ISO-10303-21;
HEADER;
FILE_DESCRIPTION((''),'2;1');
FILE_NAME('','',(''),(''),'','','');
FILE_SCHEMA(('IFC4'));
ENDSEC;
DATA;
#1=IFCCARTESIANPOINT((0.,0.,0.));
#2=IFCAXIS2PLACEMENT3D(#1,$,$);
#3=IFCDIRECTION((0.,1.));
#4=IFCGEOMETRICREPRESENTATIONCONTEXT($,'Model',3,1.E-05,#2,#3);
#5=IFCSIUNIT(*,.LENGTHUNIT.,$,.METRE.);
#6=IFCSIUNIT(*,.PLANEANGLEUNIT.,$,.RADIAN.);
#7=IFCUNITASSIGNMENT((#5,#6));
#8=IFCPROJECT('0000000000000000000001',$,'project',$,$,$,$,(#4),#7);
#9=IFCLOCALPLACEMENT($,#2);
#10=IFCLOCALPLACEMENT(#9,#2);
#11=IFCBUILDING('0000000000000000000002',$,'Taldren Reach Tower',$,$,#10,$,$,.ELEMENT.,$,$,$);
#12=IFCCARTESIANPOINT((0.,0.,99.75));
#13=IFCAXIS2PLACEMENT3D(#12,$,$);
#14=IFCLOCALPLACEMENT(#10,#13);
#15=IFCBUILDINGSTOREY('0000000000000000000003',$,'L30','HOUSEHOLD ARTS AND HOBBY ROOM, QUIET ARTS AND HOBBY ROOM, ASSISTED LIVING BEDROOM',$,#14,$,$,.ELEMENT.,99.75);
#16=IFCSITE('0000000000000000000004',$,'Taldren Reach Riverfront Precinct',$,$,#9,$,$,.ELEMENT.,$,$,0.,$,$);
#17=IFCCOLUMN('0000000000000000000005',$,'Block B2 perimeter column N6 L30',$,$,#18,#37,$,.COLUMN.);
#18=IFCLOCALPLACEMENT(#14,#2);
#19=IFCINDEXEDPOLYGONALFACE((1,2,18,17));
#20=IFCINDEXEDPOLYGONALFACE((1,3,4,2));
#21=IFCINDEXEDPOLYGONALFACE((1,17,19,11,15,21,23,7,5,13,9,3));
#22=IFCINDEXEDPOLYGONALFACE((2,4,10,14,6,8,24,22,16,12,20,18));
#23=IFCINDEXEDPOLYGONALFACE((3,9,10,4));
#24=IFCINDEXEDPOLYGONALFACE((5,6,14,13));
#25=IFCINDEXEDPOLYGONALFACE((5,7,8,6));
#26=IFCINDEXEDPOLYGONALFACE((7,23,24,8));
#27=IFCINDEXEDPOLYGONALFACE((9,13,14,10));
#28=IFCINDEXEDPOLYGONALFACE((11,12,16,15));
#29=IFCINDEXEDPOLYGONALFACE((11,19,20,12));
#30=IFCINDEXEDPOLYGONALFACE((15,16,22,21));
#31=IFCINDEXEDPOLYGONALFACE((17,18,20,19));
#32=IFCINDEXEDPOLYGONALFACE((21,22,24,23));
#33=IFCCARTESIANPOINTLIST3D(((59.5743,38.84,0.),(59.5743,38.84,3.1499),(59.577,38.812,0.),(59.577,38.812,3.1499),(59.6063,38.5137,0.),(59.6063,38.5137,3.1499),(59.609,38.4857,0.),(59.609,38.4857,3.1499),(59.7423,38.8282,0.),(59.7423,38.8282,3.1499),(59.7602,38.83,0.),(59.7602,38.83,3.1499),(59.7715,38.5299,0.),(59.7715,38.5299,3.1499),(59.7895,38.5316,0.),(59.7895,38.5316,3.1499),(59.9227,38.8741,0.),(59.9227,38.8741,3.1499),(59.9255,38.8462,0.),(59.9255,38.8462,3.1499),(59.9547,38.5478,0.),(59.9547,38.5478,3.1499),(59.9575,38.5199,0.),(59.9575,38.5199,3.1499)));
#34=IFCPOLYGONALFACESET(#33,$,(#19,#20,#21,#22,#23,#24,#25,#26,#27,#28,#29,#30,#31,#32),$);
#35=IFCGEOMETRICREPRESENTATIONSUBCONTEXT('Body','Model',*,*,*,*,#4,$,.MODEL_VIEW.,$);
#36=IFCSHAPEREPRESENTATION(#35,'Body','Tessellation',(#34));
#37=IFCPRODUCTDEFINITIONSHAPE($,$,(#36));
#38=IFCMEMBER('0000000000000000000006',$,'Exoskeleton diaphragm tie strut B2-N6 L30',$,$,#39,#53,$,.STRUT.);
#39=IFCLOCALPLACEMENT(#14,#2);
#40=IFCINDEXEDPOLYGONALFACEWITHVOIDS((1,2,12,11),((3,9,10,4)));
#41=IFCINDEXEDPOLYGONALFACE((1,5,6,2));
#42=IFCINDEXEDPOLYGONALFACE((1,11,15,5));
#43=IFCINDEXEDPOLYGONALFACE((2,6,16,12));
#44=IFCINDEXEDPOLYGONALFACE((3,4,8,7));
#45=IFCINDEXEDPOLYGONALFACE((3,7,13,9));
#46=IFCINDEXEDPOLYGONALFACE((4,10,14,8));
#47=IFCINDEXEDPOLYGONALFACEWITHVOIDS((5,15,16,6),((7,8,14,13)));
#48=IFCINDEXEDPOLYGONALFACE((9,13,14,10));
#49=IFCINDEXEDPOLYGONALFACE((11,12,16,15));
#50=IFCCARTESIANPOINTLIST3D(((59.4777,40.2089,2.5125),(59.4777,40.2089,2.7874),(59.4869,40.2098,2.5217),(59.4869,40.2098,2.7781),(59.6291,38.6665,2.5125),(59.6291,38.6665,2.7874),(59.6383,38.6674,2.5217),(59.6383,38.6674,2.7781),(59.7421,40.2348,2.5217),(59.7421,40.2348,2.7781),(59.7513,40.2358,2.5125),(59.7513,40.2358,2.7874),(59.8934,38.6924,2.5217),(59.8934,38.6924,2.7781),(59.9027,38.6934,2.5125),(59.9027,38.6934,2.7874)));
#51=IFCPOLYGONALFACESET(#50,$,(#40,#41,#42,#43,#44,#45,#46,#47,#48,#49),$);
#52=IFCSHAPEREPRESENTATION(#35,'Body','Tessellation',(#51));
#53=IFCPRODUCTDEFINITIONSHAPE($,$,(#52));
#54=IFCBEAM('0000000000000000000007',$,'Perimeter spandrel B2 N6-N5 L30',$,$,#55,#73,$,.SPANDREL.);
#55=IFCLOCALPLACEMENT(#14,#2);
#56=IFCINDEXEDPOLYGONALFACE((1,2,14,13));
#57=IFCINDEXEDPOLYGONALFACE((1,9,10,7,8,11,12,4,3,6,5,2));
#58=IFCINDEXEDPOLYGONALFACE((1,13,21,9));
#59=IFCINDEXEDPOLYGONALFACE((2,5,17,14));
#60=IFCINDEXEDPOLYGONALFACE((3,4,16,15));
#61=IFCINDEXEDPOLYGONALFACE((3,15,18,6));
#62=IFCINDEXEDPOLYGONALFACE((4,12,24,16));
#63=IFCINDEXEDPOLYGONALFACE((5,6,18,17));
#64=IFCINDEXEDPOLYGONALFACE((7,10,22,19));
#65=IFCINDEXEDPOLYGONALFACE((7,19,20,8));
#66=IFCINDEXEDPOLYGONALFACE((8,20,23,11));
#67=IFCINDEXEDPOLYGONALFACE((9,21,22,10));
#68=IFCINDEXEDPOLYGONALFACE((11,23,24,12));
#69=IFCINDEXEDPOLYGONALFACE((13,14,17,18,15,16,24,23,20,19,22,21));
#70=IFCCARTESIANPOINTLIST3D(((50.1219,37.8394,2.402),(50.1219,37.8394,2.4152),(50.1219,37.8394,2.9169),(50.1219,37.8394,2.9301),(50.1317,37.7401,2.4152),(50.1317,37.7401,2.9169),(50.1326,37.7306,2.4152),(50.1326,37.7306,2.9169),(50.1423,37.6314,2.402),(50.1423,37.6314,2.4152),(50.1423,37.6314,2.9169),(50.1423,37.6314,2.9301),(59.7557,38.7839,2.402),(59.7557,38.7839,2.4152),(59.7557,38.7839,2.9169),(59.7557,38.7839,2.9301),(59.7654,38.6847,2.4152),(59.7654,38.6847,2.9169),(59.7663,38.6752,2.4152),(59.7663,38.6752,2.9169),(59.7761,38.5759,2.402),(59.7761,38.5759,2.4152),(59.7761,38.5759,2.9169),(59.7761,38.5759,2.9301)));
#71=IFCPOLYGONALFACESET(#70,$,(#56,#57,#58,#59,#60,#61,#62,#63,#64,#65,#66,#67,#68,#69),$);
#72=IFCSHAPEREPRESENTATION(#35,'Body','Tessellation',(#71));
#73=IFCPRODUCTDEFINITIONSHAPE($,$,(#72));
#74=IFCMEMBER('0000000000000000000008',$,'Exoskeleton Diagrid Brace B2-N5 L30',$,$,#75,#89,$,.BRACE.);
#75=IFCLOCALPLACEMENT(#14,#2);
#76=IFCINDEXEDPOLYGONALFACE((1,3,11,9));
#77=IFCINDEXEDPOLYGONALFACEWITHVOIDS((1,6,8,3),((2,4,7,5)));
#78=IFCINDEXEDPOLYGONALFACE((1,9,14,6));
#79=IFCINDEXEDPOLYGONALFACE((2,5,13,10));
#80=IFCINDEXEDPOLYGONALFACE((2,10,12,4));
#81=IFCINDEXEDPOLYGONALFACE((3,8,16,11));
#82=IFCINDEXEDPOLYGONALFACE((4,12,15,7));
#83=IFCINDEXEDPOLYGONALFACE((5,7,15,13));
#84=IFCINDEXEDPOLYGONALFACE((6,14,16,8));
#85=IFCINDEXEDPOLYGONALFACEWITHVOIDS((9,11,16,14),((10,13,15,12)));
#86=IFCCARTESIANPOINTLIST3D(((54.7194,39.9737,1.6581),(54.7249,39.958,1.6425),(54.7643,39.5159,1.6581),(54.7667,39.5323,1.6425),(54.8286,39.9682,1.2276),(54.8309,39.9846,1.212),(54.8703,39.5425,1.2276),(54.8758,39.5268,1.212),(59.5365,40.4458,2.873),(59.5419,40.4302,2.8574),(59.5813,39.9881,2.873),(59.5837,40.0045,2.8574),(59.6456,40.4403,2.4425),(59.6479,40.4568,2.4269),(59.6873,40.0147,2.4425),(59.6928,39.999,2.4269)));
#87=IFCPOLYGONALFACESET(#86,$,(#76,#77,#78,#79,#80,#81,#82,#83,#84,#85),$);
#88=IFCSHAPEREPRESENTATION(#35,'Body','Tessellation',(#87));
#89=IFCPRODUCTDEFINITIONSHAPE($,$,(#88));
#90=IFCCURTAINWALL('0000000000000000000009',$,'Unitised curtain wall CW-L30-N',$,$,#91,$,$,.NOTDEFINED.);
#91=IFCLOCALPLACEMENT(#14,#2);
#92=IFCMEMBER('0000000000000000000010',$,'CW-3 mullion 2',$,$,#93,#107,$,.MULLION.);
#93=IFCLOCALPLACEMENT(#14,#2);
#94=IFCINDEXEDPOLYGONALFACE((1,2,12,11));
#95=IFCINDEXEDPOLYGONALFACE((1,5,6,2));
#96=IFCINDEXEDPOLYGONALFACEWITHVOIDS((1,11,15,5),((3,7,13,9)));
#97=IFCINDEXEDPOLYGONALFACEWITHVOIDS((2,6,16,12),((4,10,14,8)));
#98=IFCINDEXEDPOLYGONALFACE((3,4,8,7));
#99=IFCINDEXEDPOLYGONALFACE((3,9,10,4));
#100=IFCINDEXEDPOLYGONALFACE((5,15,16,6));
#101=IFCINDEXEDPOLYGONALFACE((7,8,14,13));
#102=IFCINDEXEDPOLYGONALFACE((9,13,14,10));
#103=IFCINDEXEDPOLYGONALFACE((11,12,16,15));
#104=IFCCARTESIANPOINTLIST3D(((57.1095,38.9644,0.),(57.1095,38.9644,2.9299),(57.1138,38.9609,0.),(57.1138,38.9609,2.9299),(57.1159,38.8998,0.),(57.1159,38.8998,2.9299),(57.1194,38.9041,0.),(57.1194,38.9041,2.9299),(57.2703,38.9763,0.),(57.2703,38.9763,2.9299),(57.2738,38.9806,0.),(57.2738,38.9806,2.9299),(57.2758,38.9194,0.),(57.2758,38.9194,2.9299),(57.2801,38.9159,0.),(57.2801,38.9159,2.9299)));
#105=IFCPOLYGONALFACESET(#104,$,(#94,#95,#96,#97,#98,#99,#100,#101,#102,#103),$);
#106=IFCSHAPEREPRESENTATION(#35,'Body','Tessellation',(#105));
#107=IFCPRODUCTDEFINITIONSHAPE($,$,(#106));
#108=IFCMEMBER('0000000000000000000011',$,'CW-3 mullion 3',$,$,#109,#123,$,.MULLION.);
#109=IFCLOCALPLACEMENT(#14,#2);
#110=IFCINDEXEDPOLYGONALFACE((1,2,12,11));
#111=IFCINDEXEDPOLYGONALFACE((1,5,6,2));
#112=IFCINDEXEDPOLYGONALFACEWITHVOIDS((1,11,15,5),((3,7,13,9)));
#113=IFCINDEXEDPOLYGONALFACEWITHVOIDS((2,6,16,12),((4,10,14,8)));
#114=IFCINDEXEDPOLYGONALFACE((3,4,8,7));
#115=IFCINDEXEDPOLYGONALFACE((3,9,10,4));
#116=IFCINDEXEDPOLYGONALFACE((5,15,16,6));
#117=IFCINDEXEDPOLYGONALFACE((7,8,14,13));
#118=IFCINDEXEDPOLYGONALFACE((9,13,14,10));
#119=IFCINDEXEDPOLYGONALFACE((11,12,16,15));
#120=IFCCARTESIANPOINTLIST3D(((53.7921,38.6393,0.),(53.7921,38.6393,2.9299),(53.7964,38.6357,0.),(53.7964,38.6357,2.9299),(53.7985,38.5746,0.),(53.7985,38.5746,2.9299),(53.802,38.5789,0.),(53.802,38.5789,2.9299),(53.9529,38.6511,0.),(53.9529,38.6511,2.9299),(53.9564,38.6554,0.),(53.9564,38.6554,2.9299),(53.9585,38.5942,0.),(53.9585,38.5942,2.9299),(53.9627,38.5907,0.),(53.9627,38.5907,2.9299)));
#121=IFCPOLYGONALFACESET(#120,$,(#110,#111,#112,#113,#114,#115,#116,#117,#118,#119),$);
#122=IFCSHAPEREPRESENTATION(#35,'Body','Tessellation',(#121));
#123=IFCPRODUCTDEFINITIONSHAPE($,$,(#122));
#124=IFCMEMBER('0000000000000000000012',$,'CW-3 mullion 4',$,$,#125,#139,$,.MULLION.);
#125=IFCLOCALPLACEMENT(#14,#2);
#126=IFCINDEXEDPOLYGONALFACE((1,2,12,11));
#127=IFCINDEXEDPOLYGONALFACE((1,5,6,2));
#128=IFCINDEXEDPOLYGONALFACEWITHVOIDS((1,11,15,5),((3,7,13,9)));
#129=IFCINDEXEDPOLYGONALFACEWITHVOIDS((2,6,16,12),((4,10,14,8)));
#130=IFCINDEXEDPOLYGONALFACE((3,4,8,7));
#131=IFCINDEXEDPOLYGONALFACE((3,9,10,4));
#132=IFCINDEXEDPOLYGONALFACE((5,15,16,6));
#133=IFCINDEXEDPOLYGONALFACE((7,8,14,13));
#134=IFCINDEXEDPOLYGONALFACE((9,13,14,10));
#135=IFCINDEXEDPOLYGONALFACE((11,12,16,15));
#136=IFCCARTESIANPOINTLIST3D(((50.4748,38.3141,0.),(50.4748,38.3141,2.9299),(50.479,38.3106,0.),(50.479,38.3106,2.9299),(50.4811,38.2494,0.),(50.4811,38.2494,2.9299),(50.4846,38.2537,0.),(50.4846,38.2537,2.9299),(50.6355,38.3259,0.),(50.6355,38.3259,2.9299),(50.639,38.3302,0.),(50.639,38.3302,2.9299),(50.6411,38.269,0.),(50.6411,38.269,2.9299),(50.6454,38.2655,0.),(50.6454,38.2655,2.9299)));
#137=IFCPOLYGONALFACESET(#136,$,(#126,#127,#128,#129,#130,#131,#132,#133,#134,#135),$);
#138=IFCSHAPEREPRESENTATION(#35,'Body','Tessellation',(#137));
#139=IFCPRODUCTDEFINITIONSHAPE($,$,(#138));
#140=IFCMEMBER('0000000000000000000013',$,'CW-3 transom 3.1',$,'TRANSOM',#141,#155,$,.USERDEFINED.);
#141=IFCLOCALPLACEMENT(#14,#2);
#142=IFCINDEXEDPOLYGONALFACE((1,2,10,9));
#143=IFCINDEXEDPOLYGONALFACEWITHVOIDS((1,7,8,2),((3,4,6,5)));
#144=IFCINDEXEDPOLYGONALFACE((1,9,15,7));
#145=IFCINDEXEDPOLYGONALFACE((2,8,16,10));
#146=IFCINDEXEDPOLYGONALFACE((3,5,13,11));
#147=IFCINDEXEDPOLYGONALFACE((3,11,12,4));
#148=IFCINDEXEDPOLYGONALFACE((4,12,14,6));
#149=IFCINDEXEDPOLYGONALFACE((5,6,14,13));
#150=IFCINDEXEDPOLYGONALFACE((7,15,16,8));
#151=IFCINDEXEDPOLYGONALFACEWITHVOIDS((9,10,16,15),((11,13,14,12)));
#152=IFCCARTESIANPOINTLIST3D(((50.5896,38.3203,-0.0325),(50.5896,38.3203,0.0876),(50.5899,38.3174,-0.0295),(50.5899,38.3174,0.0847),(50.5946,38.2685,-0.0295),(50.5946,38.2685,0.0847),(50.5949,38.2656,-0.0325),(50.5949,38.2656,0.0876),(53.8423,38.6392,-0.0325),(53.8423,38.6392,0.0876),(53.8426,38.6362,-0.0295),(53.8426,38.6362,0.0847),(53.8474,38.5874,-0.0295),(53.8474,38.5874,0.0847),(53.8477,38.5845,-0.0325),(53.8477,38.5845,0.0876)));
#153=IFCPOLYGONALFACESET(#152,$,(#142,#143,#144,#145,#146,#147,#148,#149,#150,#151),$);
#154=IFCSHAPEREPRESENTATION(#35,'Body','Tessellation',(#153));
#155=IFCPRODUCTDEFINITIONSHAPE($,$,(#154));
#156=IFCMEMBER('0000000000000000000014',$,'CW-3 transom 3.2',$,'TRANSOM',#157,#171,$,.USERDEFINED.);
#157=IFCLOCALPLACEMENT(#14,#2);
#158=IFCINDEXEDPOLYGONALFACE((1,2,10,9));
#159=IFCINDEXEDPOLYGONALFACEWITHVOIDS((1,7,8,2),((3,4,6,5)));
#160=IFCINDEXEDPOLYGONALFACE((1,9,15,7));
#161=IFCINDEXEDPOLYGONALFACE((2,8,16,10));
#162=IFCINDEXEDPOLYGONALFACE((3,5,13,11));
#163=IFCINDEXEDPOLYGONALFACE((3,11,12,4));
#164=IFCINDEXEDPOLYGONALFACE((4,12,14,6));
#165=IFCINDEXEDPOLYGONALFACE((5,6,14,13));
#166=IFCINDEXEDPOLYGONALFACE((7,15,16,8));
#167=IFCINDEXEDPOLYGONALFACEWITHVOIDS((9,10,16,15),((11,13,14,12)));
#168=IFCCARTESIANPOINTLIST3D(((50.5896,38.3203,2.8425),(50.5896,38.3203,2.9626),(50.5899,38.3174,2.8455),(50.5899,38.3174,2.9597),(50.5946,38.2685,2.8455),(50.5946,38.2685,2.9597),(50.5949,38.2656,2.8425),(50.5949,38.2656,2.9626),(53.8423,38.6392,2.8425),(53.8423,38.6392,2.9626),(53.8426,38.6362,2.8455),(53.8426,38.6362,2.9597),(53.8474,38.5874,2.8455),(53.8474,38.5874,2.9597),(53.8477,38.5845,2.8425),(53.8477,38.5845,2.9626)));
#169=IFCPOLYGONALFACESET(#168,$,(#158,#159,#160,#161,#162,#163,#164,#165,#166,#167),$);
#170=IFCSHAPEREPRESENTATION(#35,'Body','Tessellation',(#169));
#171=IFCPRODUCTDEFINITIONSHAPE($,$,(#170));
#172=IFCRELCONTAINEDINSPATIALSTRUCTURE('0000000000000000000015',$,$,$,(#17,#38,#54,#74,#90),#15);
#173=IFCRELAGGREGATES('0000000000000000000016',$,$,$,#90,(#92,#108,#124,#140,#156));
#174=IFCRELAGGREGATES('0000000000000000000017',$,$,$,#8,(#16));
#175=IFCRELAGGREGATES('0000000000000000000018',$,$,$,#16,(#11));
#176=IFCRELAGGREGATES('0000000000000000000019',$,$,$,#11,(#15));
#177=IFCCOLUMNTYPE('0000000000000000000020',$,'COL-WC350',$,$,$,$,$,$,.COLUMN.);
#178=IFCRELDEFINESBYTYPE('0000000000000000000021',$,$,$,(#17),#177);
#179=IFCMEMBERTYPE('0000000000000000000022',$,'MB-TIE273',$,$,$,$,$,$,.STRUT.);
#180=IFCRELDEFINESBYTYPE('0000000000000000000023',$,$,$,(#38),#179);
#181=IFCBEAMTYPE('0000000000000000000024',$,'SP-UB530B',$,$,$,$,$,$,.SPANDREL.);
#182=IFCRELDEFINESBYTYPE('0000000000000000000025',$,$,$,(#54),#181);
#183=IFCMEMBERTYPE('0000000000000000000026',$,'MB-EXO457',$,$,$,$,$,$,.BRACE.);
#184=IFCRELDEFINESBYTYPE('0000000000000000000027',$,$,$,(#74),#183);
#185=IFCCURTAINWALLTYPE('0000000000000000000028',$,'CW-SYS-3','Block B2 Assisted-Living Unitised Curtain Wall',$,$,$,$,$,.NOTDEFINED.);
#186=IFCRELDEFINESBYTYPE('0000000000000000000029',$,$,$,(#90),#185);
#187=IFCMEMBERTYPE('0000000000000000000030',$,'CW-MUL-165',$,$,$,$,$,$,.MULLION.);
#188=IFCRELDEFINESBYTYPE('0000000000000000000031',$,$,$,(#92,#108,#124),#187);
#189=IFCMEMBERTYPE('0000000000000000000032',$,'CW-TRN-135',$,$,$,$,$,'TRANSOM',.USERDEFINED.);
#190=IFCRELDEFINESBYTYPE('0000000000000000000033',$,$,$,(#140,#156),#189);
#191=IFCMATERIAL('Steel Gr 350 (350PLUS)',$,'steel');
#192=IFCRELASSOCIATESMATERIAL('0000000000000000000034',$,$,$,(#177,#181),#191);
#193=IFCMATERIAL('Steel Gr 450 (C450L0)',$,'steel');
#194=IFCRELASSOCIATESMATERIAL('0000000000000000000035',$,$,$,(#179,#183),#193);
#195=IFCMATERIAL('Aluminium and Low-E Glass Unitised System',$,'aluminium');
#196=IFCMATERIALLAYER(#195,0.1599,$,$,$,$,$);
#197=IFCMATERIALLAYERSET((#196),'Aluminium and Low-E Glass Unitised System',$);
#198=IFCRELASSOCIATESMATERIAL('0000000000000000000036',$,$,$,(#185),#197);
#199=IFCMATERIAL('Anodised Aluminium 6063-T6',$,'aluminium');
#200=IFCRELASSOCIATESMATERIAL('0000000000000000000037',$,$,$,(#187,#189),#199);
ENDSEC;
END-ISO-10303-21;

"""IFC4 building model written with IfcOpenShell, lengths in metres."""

from ifc_helpers import new_model, si_unit, direction, frame, origin, origin_2d, place, context, subcontext, project, spatial, hollow_rectangle, i_section, extrude, source, transform, mapped, material, layer, layer_set, material_profile, profile_set, type_object, element, aggregate, save


model = new_model("IFC4")

# Units and contexts
model_context = context("Model", 3, precision=1e-05, world=origin(), true_north=direction((0.0, 1.0)))
body_context = subcontext(model_context, "Body", "Model", "MODEL_VIEW")
ifc_project = project(units=[si_unit("LENGTHUNIT", "METRE"), si_unit("PLANEANGLEUNIT", "RADIAN")], contexts=[model_context])

# Site, building, storey
site_placement = place(None, origin())
site = spatial("IfcSite", under=ifc_project, at=site_placement, Name="Taldren Reach Riverfront Precinct", CompositionType="ELEMENT", RefElevation=0.0)
building_placement = place(site_placement, origin())
building = spatial("IfcBuilding", under=site, at=building_placement, Name="Taldren Reach Tower", CompositionType="ELEMENT")
storey_placement = place(building_placement, frame((0.0, 0.0, 99.75)))
storey = spatial("IfcBuildingStorey", under=building, at=storey_placement, Name="L30", Description="HOUSEHOLD ARTS AND HOBBY ROOM, QUIET ARTS AND HOBBY ROOM, ASSISTED LIVING BEDROOM", CompositionType="ELEMENT", Elevation=99.75)

# Column
ifc_material_1 = material(Name="Steel Gr 350 (350PLUS)", Category="steel")
ifc_material_profile_1 = material_profile(ifc_material_1, i_section(OverallWidth=0.3501, OverallDepth=0.356, WebThickness=0.0181, FlangeThickness=0.0281, at=origin_2d()), Name="350WC197")
ifc_profile_set_1 = profile_set([ifc_material_profile_1], Name="Steel Gr 350 (350PLUS)")
column_type = type_object("IfcColumnType", Name="COL-WC350", PredefinedType="COLUMN", material=ifc_profile_set_1)
shared_shape_1 = source(origin(), body_context, "Body", "SweptSolid", [
    extrude(i_section(OverallWidth=0.3501, OverallDepth=0.356, WebThickness=0.0181, FlangeThickness=0.0281, at=origin_2d()), origin(), (0.0, 0.0, 1.0), 3.1499),
])
column_placement = place(storey_placement, frame((59.7659, 38.6799, 0.0), z_axis=(0.0, 0.0, 1.0), x_axis=(0.995227, 0.097583, 0.0)))
element("IfcColumn", 1, at=column_placement, inside=storey, type_object=column_type, Name="Block B2 perimeter column N6 L30", PredefinedType="COLUMN", context=body_context, shape_type="MappedRepresentation", body=[
    mapped(shared_shape_1, transform((0.0, 0.0, 0.0), scale=1.0)),
])

# Member
ifc_material_2 = material(Name="Steel Gr 450 (C450L0)", Category="steel")
ifc_material_profile_2 = material_profile(ifc_material_2, hollow_rectangle(XDim=0.2749, YDim=0.2749, WallThickness=0.0093, at=origin_2d()), Name="275x275x9.3SHS")
ifc_profile_set_2 = profile_set([ifc_material_profile_2], Name="Steel Gr 450 (C450L0)")
member_type_1 = type_object("IfcMemberType", Name="MB-TIE273", PredefinedType="STRUT", material=ifc_profile_set_2)
shared_shape_2 = source(origin(), body_context, "Body", "SweptSolid", [
    extrude(hollow_rectangle(XDim=0.2749, YDim=0.2749, WallThickness=0.0093, at=origin_2d()), origin(), (0.0, 0.0, 1.0), 1.5498),
])
member_1_placement = place(storey_placement, frame((59.7659, 38.6799, 2.6499), z_axis=(-0.097663, 0.99522, 0.0), x_axis=(-0.99522, -0.097663, 0.0)))
element("IfcMember", 2, at=member_1_placement, inside=storey, type_object=member_type_1, Name="Exoskeleton diaphragm tie strut B2-N6 L30", PredefinedType="STRUT", context=body_context, shape_type="MappedRepresentation", body=[
    mapped(shared_shape_2, transform((0.0, 0.0, 0.0), scale=1.0)),
])

# Beam
ifc_material_profile_3 = material_profile(ifc_material_1, i_section(OverallWidth=0.209, OverallDepth=0.5281, WebThickness=0.0095, FlangeThickness=0.0132, at=origin_2d()), Name="530UB82.0")
ifc_profile_set_3 = profile_set([ifc_material_profile_3], Name="Steel Gr 350 (350PLUS)")
beam_type = type_object("IfcBeamType", Name="SP-UB530B", PredefinedType="SPANDREL", material=ifc_profile_set_3)
shared_shape_3 = source(origin(), body_context, "Body", "SweptSolid", [
    extrude(i_section(OverallWidth=0.209, OverallDepth=0.5281, WebThickness=0.0095, FlangeThickness=0.0132, at=origin_2d()), origin(), (0.0, 0.0, 1.0), 9.6799),
])
beam_placement = place(storey_placement, frame((59.7659, 38.6799, 2.666), z_axis=(-0.995228, -0.097581, 0.0), x_axis=(0.097581, -0.995228, 0.0)))
element("IfcBeam", 3, at=beam_placement, inside=storey, type_object=beam_type, Name="Perimeter spandrel B2 N6-N5 L30", PredefinedType="SPANDREL", context=body_context, shape_type="MappedRepresentation", body=[
    mapped(shared_shape_3, transform((0.0, 0.0, 0.0), scale=1.0)),
])

# Member
ifc_material_profile_4 = material_profile(ifc_material_2, hollow_rectangle(XDim=0.46, YDim=0.46, WallThickness=0.0161, at=origin_2d()), Name="460x460x16.0SHS")
ifc_profile_set_4 = profile_set([ifc_material_profile_4], Name="Steel Gr 450 (C450L0)")
member_type_2 = type_object("IfcMemberType", Name="MB-EXO457", PredefinedType="BRACE", material=ifc_profile_set_4)
shared_shape_4 = source(origin(), body_context, "Body", "SweptSolid", [
    extrude(hollow_rectangle(XDim=0.46, YDim=0.46, WallThickness=0.0161, at=origin_2d()), origin(), (0.0, 0.0, 1.0), 4.9902),
])
member_2_placement = place(storey_placement, frame((54.7976, 39.7502, 1.4351), z_axis=(0.965287, 0.094621, 0.24345), x_axis=(-0.097556, 0.99523, 0.0)))
element("IfcMember", 4, at=member_2_placement, inside=storey, type_object=member_type_2, Name="Exoskeleton Diagrid Brace B2-N5 L30", PredefinedType="BRACE", context=body_context, shape_type="MappedRepresentation", body=[
    mapped(shared_shape_4, transform((0.0, 0.0, 0.0), scale=1.0)),
])

# Curtain wall, members
ifc_material_3 = material(Name="Aluminium and Low-E Glass Unitised System", Category="aluminium")
ifc_layer_1 = layer(ifc_material_3, 0.1599)
ifc_layer_set_1 = layer_set([ifc_layer_1], Name="Aluminium and Low-E Glass Unitised System")
curtain_wall_type = type_object("IfcCurtainWallType", Name="CW-SYS-3", Description="Block B2 Assisted-Living Unitised Curtain Wall", PredefinedType="NOTDEFINED", material=ifc_layer_set_1)
curtain_wall_placement = place(storey_placement, origin())
curtain_wall = element("IfcCurtainWall", 5, at=curtain_wall_placement, inside=storey, type_object=curtain_wall_type, Name="Unitised curtain wall CW-L30-N", PredefinedType="NOTDEFINED")
ifc_material_4 = material(Name="Anodised Aluminium 6063-T6", Category="aluminium")
ifc_material_profile_5 = material_profile(ifc_material_4, hollow_rectangle(XDim=0.0649, YDim=0.165, WallThickness=0.0039, at=origin_2d()), Name="ALU-165x65x4RHS")
ifc_profile_set_5 = profile_set([ifc_material_profile_5], Name="Anodised Aluminium 6063-T6")
member_type_3 = type_object("IfcMemberType", Name="CW-MUL-165", PredefinedType="MULLION", material=ifc_profile_set_5)
shared_shape_5 = source(origin(), body_context, "Body", "SweptSolid", [
    extrude(hollow_rectangle(XDim=0.0649, YDim=0.165, WallThickness=0.0039, at=origin_2d()), origin(), (0.0, 0.0, 1.0), 2.9299),
])
member_3_placement = place(storey_placement, frame((57.1948, 38.9402, 0.0), z_axis=(0.0, 0.0, 1.0), x_axis=(0.097583, -0.995227, 0.0)))
member_3 = element("IfcMember", 6, at=member_3_placement, type_object=member_type_3, Name="CW-3 mullion 2", PredefinedType="MULLION", context=body_context, shape_type="MappedRepresentation", body=[
    mapped(shared_shape_5, transform((0.0, 0.0, 0.0), scale=1.0)),
])
member_4_placement = place(storey_placement, frame((53.8774, 38.615, 0.0), z_axis=(0.0, 0.0, 1.0), x_axis=(0.097583, -0.995227, 0.0)))
member_4 = element("IfcMember", 7, at=member_4_placement, type_object=member_type_3, Name="CW-3 mullion 3", PredefinedType="MULLION", context=body_context, shape_type="MappedRepresentation", body=[
    mapped(shared_shape_5, transform((0.0, 0.0, 0.0), scale=1.0)),
])
member_5_placement = place(storey_placement, frame((50.5601, 38.2898, 0.0), z_axis=(0.0, 0.0, 1.0), x_axis=(0.097583, -0.995227, 0.0)))
member_5 = element("IfcMember", 8, at=member_5_placement, type_object=member_type_3, Name="CW-3 mullion 4", PredefinedType="MULLION", context=body_context, shape_type="MappedRepresentation", body=[
    mapped(shared_shape_5, transform((0.0, 0.0, 0.0), scale=1.0)),
])
ifc_material_profile_6 = material_profile(ifc_material_4, hollow_rectangle(XDim=0.0549, YDim=0.1201, WallThickness=0.0029, at=origin_2d()), Name="ALU-120x55x3RHS")
ifc_profile_set_6 = profile_set([ifc_material_profile_6], Name="Anodised Aluminium 6063-T6")
member_type_4 = type_object("IfcMemberType", Name="CW-TRN-135", ElementType="TRANSOM", PredefinedType="USERDEFINED", material=ifc_profile_set_6)
shared_shape_6 = source(origin(), body_context, "Body", "SweptSolid", [
    extrude(hollow_rectangle(XDim=0.0549, YDim=0.1201, WallThickness=0.0029, at=origin_2d()), origin(), (0.0, 0.0, 1.0), 3.2683),
])
member_6_placement = place(storey_placement, frame((53.845, 38.6118, 0.0276), z_axis=(-0.99523, -0.097558, 0.0), x_axis=(0.097558, -0.99523, 0.0)))
member_6 = element("IfcMember", 9, at=member_6_placement, type_object=member_type_4, Name="CW-3 transom 3.1", ObjectType="TRANSOM", PredefinedType="USERDEFINED", context=body_context, shape_type="MappedRepresentation", body=[
    mapped(shared_shape_6, transform((0.0, 0.0, 0.0), scale=1.0)),
])
member_7_placement = place(storey_placement, frame((53.845, 38.6118, 2.9026), z_axis=(-0.99523, -0.097558, 0.0), x_axis=(0.097558, -0.99523, 0.0)))
member_7 = element("IfcMember", 10, at=member_7_placement, type_object=member_type_4, Name="CW-3 transom 3.2", ObjectType="TRANSOM", PredefinedType="USERDEFINED", context=body_context, shape_type="MappedRepresentation", body=[
    mapped(shared_shape_6, transform((0.0, 0.0, 0.0), scale=1.0)),
])

aggregate(curtain_wall, [member_3, member_4, member_5, member_6, member_7])

save(model, "model.ifc")
